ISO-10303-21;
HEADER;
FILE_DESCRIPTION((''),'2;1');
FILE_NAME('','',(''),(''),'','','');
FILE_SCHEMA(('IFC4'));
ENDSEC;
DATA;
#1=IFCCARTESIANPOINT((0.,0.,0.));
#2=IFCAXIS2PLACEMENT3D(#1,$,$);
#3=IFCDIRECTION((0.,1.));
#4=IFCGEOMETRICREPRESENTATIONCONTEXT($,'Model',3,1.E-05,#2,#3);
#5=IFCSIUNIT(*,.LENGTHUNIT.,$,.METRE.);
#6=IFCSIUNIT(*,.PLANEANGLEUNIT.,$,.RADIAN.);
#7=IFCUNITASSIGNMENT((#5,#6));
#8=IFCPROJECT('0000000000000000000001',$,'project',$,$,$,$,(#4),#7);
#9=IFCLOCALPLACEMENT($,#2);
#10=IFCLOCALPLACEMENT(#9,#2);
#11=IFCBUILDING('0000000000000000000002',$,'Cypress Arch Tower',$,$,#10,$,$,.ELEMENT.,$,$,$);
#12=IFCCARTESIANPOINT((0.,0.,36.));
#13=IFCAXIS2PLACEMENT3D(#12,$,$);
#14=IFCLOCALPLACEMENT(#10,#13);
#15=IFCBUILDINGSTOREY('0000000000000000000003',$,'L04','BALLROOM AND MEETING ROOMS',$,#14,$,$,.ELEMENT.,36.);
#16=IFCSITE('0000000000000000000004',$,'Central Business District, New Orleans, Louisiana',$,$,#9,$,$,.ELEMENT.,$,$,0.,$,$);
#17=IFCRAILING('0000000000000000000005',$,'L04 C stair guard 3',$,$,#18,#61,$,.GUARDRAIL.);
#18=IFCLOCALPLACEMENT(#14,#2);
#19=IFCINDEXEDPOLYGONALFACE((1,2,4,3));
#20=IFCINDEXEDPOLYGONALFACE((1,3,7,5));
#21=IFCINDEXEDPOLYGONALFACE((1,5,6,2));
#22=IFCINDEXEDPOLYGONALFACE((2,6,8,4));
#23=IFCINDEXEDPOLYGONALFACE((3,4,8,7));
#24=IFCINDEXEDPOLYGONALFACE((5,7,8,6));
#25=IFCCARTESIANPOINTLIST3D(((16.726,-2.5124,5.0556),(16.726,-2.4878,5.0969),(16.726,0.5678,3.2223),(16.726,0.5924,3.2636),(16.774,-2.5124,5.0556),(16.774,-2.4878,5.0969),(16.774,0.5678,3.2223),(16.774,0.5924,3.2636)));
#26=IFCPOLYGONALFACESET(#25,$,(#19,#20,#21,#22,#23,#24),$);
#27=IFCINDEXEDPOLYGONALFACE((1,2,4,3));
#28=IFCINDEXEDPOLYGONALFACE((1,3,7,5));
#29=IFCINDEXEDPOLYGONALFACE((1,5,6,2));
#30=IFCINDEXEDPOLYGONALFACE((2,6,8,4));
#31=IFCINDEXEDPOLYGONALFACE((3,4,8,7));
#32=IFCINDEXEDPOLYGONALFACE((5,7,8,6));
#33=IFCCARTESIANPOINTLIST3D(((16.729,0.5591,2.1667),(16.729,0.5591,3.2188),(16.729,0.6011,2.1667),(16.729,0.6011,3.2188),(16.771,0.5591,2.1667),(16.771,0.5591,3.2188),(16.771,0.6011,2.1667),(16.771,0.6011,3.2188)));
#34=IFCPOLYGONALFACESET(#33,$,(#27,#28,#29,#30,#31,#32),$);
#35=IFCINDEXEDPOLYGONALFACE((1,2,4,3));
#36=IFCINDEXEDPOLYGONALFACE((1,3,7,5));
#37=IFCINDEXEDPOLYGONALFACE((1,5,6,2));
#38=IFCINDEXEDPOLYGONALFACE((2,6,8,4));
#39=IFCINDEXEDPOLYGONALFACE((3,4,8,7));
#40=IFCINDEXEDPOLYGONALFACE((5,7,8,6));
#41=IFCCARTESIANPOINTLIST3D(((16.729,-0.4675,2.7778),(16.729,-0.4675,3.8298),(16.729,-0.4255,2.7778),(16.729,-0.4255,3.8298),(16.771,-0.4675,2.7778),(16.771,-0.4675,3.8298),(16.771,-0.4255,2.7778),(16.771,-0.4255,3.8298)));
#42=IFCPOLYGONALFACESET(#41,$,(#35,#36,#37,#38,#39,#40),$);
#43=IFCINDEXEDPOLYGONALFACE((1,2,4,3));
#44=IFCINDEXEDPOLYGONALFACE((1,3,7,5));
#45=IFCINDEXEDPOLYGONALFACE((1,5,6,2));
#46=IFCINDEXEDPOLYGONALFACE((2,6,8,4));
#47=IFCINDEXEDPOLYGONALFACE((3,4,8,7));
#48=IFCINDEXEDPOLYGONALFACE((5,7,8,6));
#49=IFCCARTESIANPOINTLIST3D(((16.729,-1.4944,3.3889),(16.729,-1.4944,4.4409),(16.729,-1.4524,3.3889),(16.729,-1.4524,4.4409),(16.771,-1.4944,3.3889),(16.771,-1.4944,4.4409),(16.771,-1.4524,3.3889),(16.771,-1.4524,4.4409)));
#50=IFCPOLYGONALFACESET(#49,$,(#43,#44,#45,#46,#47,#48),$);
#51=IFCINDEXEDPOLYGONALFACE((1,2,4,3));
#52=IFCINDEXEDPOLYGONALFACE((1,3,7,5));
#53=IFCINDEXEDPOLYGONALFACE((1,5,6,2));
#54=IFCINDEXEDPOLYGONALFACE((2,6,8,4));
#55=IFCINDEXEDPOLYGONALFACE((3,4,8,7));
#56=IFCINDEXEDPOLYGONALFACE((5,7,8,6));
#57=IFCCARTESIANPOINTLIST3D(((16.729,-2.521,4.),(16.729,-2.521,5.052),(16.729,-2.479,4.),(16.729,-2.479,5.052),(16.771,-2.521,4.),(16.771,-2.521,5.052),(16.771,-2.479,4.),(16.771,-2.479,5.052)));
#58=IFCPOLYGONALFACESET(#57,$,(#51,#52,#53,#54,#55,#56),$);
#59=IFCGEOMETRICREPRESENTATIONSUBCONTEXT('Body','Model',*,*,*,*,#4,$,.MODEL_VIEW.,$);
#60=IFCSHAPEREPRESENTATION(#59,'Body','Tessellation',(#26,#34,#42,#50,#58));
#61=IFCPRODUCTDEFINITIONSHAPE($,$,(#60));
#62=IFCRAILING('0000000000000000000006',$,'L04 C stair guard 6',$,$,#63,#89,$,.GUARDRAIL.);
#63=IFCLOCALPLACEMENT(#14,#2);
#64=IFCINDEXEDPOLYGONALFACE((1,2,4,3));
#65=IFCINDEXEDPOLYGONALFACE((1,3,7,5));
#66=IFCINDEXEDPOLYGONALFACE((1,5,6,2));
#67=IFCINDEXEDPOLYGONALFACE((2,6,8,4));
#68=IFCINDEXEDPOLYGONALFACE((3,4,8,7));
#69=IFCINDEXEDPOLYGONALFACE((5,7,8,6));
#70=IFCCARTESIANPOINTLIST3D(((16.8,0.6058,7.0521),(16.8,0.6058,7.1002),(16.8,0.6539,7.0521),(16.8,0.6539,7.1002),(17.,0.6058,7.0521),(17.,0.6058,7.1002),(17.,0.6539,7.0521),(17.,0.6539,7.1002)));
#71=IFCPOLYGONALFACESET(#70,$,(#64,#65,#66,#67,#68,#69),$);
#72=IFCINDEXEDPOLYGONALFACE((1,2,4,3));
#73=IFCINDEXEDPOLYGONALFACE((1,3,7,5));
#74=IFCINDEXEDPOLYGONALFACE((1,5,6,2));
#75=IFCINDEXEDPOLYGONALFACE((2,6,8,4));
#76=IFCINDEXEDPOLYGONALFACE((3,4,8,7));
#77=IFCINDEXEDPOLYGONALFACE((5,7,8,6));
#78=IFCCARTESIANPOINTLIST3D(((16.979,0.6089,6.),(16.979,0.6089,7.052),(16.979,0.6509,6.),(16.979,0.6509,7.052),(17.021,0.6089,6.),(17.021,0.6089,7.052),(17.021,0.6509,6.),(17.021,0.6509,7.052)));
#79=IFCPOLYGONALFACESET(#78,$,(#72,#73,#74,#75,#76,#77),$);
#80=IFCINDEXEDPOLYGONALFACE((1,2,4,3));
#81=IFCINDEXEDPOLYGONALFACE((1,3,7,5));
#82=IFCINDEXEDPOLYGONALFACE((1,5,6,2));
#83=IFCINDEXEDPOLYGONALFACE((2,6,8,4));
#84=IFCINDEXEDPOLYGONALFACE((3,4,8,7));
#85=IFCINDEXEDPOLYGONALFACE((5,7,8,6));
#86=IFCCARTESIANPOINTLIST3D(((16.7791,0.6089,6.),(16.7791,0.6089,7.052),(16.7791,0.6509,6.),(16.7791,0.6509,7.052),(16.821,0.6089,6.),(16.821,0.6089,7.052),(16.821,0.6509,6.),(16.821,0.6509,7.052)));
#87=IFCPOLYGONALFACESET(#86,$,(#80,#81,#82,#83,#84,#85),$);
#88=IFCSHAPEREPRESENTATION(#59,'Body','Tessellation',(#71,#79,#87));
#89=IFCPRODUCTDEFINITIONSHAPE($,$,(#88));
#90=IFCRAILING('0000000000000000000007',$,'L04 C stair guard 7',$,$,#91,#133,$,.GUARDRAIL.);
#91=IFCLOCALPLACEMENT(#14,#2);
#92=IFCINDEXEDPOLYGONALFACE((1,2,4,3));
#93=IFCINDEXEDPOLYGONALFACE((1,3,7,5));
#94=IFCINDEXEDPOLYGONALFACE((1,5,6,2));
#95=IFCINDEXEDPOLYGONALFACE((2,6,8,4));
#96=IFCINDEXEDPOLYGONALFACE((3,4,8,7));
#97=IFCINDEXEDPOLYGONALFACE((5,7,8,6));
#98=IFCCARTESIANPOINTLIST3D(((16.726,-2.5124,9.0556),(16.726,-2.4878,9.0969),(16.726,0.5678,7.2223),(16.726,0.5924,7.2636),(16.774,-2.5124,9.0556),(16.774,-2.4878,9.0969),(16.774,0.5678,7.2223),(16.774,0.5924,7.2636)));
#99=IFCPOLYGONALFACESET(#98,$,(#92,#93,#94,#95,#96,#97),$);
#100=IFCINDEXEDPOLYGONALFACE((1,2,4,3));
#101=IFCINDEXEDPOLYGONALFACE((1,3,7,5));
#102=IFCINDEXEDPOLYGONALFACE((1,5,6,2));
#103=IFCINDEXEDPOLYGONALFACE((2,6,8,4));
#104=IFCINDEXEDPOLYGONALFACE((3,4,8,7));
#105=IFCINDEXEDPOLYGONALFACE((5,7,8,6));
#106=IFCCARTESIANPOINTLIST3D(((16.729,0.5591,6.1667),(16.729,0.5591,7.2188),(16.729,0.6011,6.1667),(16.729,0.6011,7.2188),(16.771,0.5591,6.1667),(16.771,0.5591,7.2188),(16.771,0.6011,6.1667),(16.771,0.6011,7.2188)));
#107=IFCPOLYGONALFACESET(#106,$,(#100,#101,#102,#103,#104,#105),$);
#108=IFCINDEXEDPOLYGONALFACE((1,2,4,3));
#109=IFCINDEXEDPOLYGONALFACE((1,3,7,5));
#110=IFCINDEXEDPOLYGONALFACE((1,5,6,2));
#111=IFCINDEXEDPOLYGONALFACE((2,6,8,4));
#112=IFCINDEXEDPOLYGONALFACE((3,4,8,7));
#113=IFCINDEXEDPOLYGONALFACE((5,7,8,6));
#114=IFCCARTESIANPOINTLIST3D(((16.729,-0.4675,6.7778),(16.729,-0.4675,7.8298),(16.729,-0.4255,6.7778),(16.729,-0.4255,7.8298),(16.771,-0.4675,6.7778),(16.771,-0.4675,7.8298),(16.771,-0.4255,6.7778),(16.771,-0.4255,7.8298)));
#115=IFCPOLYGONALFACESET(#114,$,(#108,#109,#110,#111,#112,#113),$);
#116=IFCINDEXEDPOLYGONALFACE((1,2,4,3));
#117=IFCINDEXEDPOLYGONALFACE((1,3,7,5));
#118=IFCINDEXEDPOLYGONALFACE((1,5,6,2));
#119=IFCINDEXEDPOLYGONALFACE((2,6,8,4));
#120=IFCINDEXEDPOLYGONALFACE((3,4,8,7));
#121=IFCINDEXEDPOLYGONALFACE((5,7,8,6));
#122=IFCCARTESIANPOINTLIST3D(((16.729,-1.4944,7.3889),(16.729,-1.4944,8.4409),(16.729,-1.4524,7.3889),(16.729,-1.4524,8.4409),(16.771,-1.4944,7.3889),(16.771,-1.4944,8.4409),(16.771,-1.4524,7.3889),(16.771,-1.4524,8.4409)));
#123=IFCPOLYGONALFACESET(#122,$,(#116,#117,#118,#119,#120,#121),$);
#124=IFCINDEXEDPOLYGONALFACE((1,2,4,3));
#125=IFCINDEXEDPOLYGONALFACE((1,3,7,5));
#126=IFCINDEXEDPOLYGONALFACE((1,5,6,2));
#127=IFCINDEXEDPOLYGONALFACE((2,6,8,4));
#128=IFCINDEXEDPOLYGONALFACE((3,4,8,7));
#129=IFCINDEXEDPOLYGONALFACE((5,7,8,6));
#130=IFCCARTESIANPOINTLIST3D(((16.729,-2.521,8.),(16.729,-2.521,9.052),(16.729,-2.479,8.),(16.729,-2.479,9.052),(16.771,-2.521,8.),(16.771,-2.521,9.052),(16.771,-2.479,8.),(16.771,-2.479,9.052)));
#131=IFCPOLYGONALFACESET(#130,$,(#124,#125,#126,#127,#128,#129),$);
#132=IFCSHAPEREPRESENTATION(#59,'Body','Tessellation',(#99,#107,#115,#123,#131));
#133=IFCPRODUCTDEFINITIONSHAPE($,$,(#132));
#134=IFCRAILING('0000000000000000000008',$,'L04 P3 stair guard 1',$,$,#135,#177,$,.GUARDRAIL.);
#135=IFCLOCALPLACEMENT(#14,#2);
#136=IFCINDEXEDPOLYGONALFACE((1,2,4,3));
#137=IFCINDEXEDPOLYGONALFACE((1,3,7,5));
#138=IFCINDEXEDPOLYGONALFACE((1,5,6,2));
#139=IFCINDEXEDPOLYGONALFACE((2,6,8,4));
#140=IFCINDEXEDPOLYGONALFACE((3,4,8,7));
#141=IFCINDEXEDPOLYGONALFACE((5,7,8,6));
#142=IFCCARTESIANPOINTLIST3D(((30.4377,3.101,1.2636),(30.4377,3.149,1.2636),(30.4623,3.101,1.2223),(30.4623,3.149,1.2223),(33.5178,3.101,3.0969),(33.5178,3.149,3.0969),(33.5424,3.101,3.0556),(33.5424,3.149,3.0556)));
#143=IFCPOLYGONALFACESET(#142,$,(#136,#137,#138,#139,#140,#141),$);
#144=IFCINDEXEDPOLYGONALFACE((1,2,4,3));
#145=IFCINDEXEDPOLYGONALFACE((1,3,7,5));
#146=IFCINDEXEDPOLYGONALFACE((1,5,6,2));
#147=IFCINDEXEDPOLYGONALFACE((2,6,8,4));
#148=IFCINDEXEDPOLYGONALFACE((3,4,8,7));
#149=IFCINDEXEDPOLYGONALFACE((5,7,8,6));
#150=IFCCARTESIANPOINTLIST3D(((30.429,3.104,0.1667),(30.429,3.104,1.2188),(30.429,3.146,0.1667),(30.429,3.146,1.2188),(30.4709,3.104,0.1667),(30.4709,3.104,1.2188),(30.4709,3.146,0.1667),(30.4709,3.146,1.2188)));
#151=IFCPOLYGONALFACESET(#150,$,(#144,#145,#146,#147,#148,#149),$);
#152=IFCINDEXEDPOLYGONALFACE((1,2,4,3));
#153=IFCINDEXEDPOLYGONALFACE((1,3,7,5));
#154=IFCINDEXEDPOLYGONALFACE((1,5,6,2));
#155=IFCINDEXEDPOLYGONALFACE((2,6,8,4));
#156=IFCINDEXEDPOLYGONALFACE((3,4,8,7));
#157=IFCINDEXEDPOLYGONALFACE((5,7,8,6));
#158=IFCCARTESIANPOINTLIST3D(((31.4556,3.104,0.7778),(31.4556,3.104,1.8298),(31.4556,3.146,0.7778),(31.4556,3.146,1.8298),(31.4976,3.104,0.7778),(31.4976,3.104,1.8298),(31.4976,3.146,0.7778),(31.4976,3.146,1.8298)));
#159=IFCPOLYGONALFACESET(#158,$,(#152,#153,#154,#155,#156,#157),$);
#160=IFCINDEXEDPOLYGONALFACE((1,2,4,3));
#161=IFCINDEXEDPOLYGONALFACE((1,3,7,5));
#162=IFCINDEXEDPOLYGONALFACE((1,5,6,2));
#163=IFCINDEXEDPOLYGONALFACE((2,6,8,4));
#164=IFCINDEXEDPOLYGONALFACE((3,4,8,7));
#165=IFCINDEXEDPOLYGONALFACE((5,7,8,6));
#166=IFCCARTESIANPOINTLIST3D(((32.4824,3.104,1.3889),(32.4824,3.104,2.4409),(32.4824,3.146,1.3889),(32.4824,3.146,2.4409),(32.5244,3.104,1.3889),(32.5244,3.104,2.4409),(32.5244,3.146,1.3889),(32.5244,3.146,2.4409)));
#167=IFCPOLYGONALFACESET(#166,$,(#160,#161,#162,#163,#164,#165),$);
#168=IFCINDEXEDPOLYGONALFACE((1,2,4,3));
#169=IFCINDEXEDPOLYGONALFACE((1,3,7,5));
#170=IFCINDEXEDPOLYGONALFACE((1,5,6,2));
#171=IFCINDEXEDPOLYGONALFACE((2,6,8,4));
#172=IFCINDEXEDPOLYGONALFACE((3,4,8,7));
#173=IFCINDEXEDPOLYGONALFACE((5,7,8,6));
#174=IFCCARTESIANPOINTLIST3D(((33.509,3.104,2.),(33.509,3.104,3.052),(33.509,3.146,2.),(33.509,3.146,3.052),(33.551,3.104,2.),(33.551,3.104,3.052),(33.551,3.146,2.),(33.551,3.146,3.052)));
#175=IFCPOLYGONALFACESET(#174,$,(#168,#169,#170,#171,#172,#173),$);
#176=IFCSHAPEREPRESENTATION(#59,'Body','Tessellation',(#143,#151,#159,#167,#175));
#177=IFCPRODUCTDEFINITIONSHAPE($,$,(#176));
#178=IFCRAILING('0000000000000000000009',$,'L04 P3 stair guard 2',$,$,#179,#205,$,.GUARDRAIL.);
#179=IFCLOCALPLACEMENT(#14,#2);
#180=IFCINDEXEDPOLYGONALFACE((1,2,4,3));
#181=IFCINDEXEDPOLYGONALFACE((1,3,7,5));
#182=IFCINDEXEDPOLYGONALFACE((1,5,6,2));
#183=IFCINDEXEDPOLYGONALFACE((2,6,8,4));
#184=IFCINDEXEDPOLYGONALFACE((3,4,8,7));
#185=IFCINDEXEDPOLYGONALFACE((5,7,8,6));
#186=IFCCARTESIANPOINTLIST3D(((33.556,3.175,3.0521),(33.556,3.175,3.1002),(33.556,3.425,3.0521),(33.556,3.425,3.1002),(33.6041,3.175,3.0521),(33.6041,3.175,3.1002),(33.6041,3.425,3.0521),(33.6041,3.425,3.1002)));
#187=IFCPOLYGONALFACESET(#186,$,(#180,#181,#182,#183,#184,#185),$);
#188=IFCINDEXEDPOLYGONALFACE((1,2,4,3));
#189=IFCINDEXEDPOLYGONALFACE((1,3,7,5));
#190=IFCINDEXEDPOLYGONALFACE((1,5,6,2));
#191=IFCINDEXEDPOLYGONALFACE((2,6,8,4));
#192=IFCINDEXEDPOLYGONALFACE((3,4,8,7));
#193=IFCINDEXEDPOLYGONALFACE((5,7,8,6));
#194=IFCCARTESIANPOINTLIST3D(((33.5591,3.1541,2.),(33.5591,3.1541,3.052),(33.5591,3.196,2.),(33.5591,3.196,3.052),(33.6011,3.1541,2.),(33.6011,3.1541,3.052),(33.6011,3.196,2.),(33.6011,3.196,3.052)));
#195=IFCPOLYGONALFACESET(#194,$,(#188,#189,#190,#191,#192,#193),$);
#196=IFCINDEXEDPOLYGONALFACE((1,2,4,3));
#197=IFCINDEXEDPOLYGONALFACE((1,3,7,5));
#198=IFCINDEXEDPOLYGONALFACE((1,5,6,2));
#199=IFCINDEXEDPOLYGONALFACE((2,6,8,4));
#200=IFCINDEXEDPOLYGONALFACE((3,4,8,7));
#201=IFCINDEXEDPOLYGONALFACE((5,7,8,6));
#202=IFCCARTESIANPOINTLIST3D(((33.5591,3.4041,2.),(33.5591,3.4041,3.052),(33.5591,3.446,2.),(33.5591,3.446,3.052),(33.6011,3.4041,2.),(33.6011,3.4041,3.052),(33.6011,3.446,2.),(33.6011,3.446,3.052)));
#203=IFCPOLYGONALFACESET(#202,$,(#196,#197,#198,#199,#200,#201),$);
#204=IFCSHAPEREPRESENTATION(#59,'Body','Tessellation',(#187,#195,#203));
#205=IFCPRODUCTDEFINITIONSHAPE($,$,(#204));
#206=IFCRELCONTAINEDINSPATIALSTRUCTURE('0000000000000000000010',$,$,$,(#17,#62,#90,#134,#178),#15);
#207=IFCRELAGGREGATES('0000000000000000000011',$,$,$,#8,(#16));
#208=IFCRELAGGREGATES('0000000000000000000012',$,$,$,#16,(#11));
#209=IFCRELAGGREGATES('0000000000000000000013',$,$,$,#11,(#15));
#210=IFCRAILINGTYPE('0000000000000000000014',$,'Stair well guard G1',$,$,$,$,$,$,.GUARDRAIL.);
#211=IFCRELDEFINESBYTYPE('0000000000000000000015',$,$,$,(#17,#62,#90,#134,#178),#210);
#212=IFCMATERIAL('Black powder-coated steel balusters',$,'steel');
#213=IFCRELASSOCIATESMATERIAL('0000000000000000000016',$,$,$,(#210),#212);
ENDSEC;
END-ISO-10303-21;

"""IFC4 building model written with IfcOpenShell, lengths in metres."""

from ifc_helpers import new_model, si_unit, direction, frame, origin, origin_2d, place, context, subcontext, project, spatial, rectangle, extrude, material, type_object, element, save


model = new_model("IFC4")

# Units and contexts
model_context = context("Model", 3, precision=1e-05, world=origin(), true_north=direction((0.0, 1.0)))
body_context = subcontext(model_context, "Body", "Model", "MODEL_VIEW")
ifc_project = project(units=[si_unit("LENGTHUNIT", "METRE"), si_unit("PLANEANGLEUNIT", "RADIAN")], contexts=[model_context])

# Site, building, storey
site_placement = place(None, origin())
site = spatial("IfcSite", under=ifc_project, at=site_placement, Name="Central Business District, New Orleans, Louisiana", CompositionType="ELEMENT", RefElevation=0.0)
building_placement = place(site_placement, origin())
building = spatial("IfcBuilding", under=site, at=building_placement, Name="Cypress Arch Tower", CompositionType="ELEMENT")
storey_placement = place(building_placement, frame((0.0, 0.0, 36.0)))
storey = spatial("IfcBuildingStorey", under=building, at=storey_placement, Name="L04", Description="BALLROOM AND MEETING ROOMS", CompositionType="ELEMENT", Elevation=36.0)

# Railings
ifc_material_1 = material(Name="Black powder-coated steel balusters", Category="steel")
railing_type_1 = type_object("IfcRailingType", Name="Stair well guard G1", PredefinedType="GUARDRAIL", material=ifc_material_1)
railing_1_placement = place(storey_placement, frame((16.75, 0.5801, 2.1667)))
element("IfcRailing", 1, at=railing_1_placement, inside=storey, type_object=railing_type_1, Name="L04 C stair guard 3", PredefinedType="GUARDRAIL", context=body_context, shape_type="SweptSolid", body=[
    extrude(rectangle(XDim=0.0481, YDim=0.0481, at=origin_2d()), frame((0.0, 0.0, 1.0762), z_axis=(0.0, -0.859309, 0.511458), x_axis=(1.0, 0.0, 0.0)), (0.0, 0.0, 1.0), 3.5845),
    extrude(rectangle(XDim=0.042, YDim=0.042, at=origin_2d()), origin(), (0.0, 0.0, 1.0), 1.052),
    extrude(rectangle(XDim=0.042, YDim=0.042, at=origin_2d()), frame((0.0, -1.0266, 0.6111)), (0.0, 0.0, 1.0), 1.052),
    extrude(rectangle(XDim=0.042, YDim=0.042, at=origin_2d()), frame((0.0, -2.0535, 1.2222)), (0.0, 0.0, 1.0), 1.052),
    extrude(rectangle(XDim=0.042, YDim=0.042, at=origin_2d()), frame((0.0, -3.0801, 1.8333)), (0.0, 0.0, 1.0), 1.052),
])
railing_2_placement = place(storey_placement, frame((17.0, 0.6299, 6.0)))
element("IfcRailing", 2, at=railing_2_placement, inside=storey, type_object=railing_type_1, Name="L04 C stair guard 6", PredefinedType="GUARDRAIL", context=body_context, shape_type="SweptSolid", body=[
    extrude(rectangle(XDim=0.0481, YDim=0.0481, at=origin_2d()), frame((0.0, 0.0, 1.0762), z_axis=(-1.0, 0.0, 0.0), x_axis=(0.0, -1.0, 0.0)), (0.0, 0.0, 1.0), 0.2),
    extrude(rectangle(XDim=0.042, YDim=0.042, at=origin_2d()), origin(), (0.0, 0.0, 1.0), 1.052),
    extrude(rectangle(XDim=0.042, YDim=0.042, at=origin_2d()), frame((-0.2, 0.0, 0.0)), (0.0, 0.0, 1.0), 1.052),
])
railing_3_placement = place(storey_placement, frame((16.75, 0.5801, 6.1667)))
element("IfcRailing", 3, at=railing_3_placement, inside=storey, type_object=railing_type_1, Name="L04 C stair guard 7", PredefinedType="GUARDRAIL", context=body_context, shape_type="SweptSolid", body=[
    extrude(rectangle(XDim=0.0481, YDim=0.0481, at=origin_2d()), frame((0.0, 0.0, 1.0762), z_axis=(0.0, -0.859309, 0.511458), x_axis=(1.0, 0.0, 0.0)), (0.0, 0.0, 1.0), 3.5845),
    extrude(rectangle(XDim=0.042, YDim=0.042, at=origin_2d()), origin(), (0.0, 0.0, 1.0), 1.052),
    extrude(rectangle(XDim=0.042, YDim=0.042, at=origin_2d()), frame((0.0, -1.0266, 0.6111)), (0.0, 0.0, 1.0), 1.052),
    extrude(rectangle(XDim=0.042, YDim=0.042, at=origin_2d()), frame((0.0, -2.0535, 1.2222)), (0.0, 0.0, 1.0), 1.052),
    extrude(rectangle(XDim=0.042, YDim=0.042, at=origin_2d()), frame((0.0, -3.0801, 1.8333)), (0.0, 0.0, 1.0), 1.052),
])
railing_4_placement = place(storey_placement, frame((30.45, 3.125, 0.1667)))
element("IfcRailing", 4, at=railing_4_placement, inside=storey, type_object=railing_type_1, Name="L04 P3 stair guard 1", PredefinedType="GUARDRAIL", context=body_context, shape_type="SweptSolid", body=[
    extrude(rectangle(XDim=0.0481, YDim=0.0481, at=origin_2d()), frame((0.0, 0.0, 1.0762), z_axis=(0.859309, 0.0, 0.511458), x_axis=(0.0, 1.0, 0.0)), (0.0, 0.0, 1.0), 3.5845),
    extrude(rectangle(XDim=0.042, YDim=0.042, at=origin_2d()), origin(), (0.0, 0.0, 1.0), 1.052),
    extrude(rectangle(XDim=0.042, YDim=0.042, at=origin_2d()), frame((1.0266, 0.0, 0.6111)), (0.0, 0.0, 1.0), 1.052),
    extrude(rectangle(XDim=0.042, YDim=0.042, at=origin_2d()), frame((2.0535, 0.0, 1.2222)), (0.0, 0.0, 1.0), 1.052),
    extrude(rectangle(XDim=0.042, YDim=0.042, at=origin_2d()), frame((3.0801, 0.0, 1.8333)), (0.0, 0.0, 1.0), 1.052),
])
railing_5_placement = place(storey_placement, frame((33.5801, 3.175, 2.0)))
element("IfcRailing", 5, at=railing_5_placement, inside=storey, type_object=railing_type_1, Name="L04 P3 stair guard 2", PredefinedType="GUARDRAIL", context=body_context, shape_type="SweptSolid", body=[
    extrude(rectangle(XDim=0.0481, YDim=0.0481, at=origin_2d()), frame((0.0, 0.0, 1.0762), z_axis=(0.0, 1.0, 0.0), x_axis=(-1.0, 0.0, 0.0)), (0.0, 0.0, 1.0), 0.25),
    extrude(rectangle(XDim=0.042, YDim=0.042, at=origin_2d()), origin(), (0.0, 0.0, 1.0), 1.052),
    extrude(rectangle(XDim=0.042, YDim=0.042, at=origin_2d()), frame((0.0, 0.25, 0.0)), (0.0, 0.0, 1.0), 1.052),
])

save(model, "model.ifc")
